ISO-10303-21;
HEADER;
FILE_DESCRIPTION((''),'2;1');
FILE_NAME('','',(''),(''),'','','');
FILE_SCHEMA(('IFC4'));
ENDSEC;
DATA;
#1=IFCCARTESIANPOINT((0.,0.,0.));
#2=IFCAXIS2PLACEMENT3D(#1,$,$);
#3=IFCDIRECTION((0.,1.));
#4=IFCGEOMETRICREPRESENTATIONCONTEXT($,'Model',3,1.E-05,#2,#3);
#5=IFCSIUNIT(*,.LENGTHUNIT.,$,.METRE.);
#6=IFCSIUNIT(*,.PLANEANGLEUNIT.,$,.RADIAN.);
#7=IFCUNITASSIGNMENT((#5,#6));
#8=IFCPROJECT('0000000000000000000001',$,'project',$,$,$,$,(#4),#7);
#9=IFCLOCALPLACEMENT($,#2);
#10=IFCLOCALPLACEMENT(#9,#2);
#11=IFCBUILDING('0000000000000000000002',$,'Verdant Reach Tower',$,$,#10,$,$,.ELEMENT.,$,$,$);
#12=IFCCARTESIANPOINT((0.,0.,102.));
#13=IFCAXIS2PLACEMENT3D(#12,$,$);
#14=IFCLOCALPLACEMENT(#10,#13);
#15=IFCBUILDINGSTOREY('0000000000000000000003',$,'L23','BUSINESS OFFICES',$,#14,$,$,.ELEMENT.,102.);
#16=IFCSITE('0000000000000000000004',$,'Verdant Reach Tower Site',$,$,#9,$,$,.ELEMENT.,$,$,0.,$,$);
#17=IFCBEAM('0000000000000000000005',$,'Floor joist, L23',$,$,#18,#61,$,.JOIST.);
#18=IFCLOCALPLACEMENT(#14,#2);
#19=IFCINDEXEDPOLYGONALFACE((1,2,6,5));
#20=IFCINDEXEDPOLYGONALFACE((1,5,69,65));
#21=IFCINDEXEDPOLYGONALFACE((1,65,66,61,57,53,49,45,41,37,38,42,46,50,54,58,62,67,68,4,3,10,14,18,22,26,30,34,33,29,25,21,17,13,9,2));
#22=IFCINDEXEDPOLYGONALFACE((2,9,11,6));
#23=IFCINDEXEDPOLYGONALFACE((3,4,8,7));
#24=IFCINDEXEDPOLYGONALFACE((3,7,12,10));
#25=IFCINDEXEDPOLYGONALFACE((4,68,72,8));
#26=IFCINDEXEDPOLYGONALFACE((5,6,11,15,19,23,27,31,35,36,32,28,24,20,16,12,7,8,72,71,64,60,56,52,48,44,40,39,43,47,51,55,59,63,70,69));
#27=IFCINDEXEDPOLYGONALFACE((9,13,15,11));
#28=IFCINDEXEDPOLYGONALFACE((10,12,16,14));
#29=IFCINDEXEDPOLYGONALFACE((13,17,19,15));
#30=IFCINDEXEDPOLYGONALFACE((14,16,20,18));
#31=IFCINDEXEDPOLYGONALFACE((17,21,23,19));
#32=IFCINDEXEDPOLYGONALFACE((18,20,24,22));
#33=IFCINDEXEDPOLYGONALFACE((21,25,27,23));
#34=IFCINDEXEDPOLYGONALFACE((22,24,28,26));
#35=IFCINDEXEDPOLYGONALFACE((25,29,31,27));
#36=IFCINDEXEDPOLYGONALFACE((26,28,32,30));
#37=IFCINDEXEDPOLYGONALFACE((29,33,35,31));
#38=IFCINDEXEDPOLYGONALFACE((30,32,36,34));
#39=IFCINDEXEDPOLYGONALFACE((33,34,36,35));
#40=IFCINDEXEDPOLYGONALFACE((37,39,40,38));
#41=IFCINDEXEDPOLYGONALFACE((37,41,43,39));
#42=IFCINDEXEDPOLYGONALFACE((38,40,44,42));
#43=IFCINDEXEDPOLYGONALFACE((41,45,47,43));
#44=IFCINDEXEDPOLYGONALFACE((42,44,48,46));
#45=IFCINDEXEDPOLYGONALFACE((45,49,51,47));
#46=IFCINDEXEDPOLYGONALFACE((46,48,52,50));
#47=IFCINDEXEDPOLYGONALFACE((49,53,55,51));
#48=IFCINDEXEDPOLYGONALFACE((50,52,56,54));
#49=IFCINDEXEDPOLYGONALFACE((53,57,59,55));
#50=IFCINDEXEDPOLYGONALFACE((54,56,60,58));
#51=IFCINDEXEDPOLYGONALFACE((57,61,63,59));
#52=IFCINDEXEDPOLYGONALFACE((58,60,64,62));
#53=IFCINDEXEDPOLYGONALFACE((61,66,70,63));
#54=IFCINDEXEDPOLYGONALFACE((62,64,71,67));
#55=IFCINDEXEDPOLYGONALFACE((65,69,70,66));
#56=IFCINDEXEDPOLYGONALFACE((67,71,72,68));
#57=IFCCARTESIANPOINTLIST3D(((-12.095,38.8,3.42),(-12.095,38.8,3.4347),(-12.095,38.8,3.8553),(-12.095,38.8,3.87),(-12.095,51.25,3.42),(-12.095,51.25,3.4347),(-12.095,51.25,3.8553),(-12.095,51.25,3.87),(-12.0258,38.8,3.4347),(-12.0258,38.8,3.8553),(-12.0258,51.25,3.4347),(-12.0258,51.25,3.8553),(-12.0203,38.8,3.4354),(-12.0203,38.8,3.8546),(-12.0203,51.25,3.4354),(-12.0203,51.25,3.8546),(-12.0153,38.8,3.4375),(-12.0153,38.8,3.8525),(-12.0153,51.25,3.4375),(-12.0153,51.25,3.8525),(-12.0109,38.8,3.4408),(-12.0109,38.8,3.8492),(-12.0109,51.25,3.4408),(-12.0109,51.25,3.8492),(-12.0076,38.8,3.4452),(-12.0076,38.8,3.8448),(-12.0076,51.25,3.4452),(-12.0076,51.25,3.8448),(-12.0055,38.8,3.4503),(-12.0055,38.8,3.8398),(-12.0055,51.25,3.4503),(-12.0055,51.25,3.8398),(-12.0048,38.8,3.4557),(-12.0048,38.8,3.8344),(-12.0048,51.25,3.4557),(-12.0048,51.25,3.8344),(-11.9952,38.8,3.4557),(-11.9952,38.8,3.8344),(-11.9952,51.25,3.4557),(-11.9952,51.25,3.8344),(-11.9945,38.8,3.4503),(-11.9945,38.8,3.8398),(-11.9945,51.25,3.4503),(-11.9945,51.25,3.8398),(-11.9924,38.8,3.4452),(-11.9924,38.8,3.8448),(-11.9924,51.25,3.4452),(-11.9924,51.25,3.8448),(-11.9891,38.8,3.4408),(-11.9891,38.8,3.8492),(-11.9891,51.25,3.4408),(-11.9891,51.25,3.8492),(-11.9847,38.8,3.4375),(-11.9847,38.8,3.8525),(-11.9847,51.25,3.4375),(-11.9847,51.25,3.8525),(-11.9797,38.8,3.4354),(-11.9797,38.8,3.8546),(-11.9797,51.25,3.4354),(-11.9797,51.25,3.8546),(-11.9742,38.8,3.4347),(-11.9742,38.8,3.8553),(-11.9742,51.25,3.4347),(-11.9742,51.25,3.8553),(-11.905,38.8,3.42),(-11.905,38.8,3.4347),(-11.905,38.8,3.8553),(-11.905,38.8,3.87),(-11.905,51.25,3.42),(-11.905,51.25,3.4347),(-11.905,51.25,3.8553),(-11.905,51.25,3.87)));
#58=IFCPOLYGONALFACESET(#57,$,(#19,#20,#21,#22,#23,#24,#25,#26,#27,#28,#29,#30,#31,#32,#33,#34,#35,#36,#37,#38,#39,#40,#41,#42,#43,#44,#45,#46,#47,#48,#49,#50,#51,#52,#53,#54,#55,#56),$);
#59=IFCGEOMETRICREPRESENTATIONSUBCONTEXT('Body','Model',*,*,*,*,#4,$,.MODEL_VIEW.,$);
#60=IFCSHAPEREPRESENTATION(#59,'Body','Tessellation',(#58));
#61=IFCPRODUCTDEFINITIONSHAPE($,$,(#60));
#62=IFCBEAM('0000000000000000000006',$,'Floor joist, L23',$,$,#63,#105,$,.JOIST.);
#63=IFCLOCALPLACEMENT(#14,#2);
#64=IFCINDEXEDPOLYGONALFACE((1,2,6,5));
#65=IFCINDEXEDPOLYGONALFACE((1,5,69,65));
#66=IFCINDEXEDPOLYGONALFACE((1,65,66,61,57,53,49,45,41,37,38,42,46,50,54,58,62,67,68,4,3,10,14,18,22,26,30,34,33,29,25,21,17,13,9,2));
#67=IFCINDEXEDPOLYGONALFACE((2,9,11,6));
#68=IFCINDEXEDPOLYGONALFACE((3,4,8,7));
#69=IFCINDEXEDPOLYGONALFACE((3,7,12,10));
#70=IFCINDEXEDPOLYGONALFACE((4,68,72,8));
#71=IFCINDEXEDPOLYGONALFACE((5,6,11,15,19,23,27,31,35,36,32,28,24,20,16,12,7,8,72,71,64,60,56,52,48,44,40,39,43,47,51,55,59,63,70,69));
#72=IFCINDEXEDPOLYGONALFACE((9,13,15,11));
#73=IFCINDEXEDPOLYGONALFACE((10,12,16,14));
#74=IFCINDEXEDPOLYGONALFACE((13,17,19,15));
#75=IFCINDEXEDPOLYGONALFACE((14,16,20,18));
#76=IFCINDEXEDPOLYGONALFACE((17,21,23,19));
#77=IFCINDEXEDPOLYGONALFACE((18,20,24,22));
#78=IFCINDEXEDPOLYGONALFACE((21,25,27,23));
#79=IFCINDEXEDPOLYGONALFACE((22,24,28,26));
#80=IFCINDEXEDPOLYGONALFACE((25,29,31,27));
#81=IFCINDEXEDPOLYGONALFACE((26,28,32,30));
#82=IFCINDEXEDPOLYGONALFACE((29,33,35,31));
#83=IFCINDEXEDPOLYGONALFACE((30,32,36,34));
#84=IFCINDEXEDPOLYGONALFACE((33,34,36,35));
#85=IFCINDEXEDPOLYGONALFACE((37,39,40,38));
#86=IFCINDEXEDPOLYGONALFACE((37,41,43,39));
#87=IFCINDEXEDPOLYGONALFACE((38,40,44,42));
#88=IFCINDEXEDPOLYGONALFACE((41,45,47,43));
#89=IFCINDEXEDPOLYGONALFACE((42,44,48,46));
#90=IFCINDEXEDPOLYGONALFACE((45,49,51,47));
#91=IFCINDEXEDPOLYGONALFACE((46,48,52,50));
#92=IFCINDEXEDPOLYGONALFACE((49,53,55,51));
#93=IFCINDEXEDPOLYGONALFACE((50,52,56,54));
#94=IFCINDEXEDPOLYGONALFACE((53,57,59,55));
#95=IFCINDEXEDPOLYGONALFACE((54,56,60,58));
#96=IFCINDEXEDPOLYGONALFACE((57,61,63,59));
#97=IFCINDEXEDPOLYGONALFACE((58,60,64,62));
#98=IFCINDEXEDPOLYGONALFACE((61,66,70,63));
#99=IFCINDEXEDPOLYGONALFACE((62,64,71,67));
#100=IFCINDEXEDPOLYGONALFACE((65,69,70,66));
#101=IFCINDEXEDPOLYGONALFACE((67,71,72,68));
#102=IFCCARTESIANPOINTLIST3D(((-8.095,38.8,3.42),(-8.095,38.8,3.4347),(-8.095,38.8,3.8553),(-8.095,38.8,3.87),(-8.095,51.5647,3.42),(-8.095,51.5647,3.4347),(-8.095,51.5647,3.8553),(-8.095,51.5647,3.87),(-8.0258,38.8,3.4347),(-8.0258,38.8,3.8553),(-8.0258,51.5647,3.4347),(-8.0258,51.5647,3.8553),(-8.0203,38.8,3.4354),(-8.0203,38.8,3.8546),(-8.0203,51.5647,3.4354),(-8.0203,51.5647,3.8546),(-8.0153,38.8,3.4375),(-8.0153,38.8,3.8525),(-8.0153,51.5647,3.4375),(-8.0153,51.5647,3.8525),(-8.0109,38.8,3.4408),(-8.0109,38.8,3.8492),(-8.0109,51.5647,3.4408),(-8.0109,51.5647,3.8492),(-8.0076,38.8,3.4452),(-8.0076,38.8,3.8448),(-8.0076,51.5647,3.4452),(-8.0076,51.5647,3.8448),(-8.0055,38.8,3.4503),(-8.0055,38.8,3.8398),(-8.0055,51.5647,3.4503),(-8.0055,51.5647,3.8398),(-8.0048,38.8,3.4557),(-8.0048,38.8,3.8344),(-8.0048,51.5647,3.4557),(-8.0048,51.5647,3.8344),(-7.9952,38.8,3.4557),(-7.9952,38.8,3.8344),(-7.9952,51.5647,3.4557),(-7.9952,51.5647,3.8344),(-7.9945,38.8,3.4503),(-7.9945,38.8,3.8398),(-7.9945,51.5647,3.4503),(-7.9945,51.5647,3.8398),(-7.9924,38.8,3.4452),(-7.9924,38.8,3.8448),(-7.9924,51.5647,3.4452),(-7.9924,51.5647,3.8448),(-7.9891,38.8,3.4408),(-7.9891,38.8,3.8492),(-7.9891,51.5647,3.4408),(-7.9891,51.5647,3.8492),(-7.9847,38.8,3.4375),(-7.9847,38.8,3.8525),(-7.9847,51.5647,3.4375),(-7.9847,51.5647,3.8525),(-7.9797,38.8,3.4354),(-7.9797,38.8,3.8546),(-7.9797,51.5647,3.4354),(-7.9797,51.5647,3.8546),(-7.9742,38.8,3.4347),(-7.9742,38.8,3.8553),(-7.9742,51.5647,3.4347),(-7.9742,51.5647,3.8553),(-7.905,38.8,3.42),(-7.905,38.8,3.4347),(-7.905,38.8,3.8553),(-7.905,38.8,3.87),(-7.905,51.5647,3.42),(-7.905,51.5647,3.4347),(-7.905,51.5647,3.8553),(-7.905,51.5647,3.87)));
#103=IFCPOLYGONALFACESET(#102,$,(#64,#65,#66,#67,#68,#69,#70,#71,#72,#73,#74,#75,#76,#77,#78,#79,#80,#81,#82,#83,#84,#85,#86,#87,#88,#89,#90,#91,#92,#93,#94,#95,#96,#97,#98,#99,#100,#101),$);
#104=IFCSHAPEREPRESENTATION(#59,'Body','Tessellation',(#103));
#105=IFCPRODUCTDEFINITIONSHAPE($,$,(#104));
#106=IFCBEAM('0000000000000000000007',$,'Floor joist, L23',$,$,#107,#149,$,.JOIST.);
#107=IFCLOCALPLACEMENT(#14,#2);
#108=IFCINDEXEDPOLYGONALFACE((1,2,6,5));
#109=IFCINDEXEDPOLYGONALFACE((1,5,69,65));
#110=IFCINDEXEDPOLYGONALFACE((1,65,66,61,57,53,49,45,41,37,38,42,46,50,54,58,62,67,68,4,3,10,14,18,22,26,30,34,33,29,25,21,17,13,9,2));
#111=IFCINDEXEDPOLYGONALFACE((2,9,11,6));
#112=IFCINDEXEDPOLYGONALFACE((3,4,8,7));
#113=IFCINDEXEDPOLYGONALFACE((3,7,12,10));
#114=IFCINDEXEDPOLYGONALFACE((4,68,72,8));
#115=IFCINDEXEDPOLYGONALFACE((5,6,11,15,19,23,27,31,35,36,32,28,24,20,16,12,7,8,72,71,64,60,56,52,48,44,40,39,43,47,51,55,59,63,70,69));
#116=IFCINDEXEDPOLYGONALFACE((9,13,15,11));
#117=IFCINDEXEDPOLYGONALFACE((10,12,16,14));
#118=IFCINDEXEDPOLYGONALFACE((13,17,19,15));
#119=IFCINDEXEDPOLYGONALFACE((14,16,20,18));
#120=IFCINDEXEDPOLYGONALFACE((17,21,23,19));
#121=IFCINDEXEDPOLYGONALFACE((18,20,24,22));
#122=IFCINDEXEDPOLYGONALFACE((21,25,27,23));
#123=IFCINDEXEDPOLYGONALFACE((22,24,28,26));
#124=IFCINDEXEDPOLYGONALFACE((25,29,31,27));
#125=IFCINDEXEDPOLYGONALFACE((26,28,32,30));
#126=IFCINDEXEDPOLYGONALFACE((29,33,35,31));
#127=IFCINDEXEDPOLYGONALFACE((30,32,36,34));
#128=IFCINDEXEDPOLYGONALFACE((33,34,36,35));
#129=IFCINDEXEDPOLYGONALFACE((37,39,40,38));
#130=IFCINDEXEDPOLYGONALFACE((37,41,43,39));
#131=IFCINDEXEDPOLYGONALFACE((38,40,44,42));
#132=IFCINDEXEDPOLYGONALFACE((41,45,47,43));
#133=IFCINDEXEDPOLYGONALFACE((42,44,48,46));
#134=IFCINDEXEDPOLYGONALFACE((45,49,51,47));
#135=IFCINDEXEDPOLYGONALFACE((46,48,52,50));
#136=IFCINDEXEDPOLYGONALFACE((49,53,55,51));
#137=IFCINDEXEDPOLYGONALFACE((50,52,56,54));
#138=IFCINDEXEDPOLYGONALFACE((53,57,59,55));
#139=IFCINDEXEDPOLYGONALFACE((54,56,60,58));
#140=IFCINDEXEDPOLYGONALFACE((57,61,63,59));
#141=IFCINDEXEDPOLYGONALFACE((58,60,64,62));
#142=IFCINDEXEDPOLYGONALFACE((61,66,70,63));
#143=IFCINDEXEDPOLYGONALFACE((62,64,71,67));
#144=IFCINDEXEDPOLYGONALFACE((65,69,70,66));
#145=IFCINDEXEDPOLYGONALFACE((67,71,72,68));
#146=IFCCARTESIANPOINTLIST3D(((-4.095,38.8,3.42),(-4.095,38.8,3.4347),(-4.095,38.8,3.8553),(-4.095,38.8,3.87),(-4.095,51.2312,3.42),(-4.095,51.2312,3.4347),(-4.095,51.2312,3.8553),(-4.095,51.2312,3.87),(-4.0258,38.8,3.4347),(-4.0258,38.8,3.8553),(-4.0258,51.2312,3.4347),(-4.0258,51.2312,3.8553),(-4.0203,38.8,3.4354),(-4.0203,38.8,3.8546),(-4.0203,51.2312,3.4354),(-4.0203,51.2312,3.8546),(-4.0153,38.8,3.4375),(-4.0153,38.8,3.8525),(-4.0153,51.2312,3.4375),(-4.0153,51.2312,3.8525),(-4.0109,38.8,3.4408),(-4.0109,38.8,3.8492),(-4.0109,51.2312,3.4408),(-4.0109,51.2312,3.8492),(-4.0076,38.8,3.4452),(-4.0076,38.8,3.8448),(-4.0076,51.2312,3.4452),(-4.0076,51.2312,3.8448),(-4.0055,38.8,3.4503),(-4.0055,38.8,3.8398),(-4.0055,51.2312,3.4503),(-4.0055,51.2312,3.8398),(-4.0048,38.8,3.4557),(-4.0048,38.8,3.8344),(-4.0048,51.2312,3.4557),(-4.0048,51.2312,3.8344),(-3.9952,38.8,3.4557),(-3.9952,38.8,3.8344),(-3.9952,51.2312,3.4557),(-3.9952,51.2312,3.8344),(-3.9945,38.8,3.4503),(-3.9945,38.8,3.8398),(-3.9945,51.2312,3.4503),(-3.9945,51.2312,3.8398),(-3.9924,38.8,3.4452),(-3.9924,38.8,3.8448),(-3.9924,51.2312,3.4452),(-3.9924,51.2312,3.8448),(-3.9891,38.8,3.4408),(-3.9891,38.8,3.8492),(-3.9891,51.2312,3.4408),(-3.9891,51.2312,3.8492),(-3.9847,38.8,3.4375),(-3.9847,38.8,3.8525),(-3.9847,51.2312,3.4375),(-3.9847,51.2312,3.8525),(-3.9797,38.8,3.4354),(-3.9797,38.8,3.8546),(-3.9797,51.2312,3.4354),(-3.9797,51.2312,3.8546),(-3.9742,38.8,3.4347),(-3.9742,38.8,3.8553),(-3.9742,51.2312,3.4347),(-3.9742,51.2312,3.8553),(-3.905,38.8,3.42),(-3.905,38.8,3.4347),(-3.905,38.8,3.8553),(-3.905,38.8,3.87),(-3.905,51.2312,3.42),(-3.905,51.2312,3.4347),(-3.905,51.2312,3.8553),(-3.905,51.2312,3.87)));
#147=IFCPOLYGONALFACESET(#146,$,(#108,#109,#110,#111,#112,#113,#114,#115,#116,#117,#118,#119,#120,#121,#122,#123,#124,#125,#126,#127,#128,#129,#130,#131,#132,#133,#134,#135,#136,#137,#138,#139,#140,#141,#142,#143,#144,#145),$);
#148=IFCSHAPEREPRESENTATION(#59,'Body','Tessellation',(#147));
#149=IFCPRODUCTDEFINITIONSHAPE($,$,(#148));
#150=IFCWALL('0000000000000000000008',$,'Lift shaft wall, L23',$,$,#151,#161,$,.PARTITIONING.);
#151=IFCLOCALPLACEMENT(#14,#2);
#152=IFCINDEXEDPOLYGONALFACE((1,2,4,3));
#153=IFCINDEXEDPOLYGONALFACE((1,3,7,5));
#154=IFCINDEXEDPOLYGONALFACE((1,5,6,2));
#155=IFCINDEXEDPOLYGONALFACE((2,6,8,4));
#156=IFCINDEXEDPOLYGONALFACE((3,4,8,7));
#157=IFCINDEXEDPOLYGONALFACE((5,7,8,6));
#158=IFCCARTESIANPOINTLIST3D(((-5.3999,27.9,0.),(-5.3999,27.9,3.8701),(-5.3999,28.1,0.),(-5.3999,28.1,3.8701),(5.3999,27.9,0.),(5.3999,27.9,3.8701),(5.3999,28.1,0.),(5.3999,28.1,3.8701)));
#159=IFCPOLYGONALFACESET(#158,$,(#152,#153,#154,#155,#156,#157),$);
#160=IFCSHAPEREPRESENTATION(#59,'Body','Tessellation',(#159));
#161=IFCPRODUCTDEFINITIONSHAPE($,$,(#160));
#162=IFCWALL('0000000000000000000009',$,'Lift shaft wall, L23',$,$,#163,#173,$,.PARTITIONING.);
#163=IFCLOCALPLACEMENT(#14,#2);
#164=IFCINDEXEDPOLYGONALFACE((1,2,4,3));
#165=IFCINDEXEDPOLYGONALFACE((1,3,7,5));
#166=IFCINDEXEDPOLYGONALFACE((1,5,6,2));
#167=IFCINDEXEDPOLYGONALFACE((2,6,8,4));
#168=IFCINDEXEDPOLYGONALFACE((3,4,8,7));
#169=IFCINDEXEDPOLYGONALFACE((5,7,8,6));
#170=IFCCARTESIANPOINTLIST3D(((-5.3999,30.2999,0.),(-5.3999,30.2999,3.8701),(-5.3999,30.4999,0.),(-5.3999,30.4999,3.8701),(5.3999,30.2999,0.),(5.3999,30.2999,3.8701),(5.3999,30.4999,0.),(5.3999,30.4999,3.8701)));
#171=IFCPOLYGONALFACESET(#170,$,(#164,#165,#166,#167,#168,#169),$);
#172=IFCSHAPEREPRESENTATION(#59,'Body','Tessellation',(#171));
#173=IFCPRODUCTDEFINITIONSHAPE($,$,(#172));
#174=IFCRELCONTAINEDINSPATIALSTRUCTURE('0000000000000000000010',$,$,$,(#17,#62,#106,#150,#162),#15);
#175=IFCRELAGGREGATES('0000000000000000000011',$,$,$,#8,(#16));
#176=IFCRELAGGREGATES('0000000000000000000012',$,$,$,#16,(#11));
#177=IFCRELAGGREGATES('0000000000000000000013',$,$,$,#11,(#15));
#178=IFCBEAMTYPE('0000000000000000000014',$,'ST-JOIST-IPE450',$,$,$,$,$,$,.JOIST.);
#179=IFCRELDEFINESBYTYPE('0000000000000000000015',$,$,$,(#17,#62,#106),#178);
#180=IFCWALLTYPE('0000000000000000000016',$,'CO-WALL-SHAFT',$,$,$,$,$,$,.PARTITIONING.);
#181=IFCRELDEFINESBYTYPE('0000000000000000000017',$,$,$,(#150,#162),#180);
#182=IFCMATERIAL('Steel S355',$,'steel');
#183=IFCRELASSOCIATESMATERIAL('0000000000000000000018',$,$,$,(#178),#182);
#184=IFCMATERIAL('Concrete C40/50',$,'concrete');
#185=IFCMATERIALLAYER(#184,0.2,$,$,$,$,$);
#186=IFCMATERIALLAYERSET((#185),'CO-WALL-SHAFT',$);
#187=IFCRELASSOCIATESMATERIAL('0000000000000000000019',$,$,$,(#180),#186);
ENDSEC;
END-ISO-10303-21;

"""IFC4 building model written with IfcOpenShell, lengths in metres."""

from ifc_helpers import new_model, si_unit, direction, frame, frame_2d, origin, origin_2d, place, context, subcontext, project, spatial, rectangle, i_section, extrude, material, layer, layer_set, material_profile, profile_set, type_object, element, save


model = new_model("IFC4")

# Units and contexts
model_context = context("Model", 3, precision=1e-05, world=origin(), true_north=direction((0.0, 1.0)))
body_context = subcontext(model_context, "Body", "Model", "MODEL_VIEW")
ifc_project = project(units=[si_unit("LENGTHUNIT", "METRE"), si_unit("PLANEANGLEUNIT", "RADIAN")], contexts=[model_context])

# Site, building, storey
site_placement = place(None, origin())
site = spatial("IfcSite", under=ifc_project, at=site_placement, Name="Verdant Reach Tower Site", CompositionType="ELEMENT", RefElevation=0.0)
building_placement = place(site_placement, origin())
building = spatial("IfcBuilding", under=site, at=building_placement, Name="Verdant Reach Tower", CompositionType="ELEMENT")
storey_placement = place(building_placement, frame((0.0, 0.0, 102.0)))
storey = spatial("IfcBuildingStorey", under=building, at=storey_placement, Name="L23", Description="BUSINESS OFFICES", CompositionType="ELEMENT", Elevation=102.0)

# Beams
ifc_material_1 = material(Name="Steel S355", Category="steel")
ifc_material_profile = material_profile(ifc_material_1, i_section(OverallWidth=0.1899, OverallDepth=0.45, WebThickness=0.0095, FlangeThickness=0.0146, FilletRadius=0.021, at=origin_2d()), Name="IPE 450")
ifc_profile_set = profile_set([ifc_material_profile], Name="Steel S355")
beam_type = type_object("IfcBeamType", Name="ST-JOIST-IPE450", PredefinedType="JOIST", material=ifc_profile_set)
beam_1_placement = place(storey_placement, frame((-12.0, 38.8, 3.645), z_axis=(0.0, 1.0, 0.0), x_axis=(-1.0, 0.0, 0.0)))
element("IfcBeam", 1, at=beam_1_placement, inside=storey, type_object=beam_type, Name="Floor joist, L23", PredefinedType="JOIST", context=body_context, shape_type="SweptSolid", body=[
    extrude(i_section(OverallWidth=0.1899, OverallDepth=0.45, WebThickness=0.0095, FlangeThickness=0.0146, FilletRadius=0.021, at=origin_2d()), origin(), (0.0, 0.0, 1.0), 12.45),
])
beam_2_placement = place(storey_placement, frame((-8.0, 38.8, 3.645), z_axis=(0.0, 1.0, 0.0), x_axis=(-1.0, 0.0, 0.0)))
element("IfcBeam", 2, at=beam_2_placement, inside=storey, type_object=beam_type, Name="Floor joist, L23", PredefinedType="JOIST", context=body_context, shape_type="SweptSolid", body=[
    extrude(i_section(OverallWidth=0.1899, OverallDepth=0.45, WebThickness=0.0095, FlangeThickness=0.0146, FilletRadius=0.021, at=origin_2d()), origin(), (0.0, 0.0, 1.0), 12.7646),
])
beam_3_placement = place(storey_placement, frame((-4.0, 38.8, 3.645), z_axis=(0.0, 1.0, 0.0), x_axis=(-1.0, 0.0, 0.0)))
element("IfcBeam", 3, at=beam_3_placement, inside=storey, type_object=beam_type, Name="Floor joist, L23", PredefinedType="JOIST", context=body_context, shape_type="SweptSolid", body=[
    extrude(i_section(OverallWidth=0.1899, OverallDepth=0.45, WebThickness=0.0095, FlangeThickness=0.0146, FilletRadius=0.021, at=origin_2d()), origin(), (0.0, 0.0, 1.0), 12.4312),
])

# Walls
ifc_material_2 = material(Name="Concrete C40/50", Category="concrete")
ifc_layer_1 = layer(ifc_material_2, 0.2)
ifc_layer_set_1 = layer_set([ifc_layer_1], Name="CO-WALL-SHAFT")
wall_type_1 = type_object("IfcWallType", Name="CO-WALL-SHAFT", PredefinedType="PARTITIONING", material=ifc_layer_set_1)
for number, where, z_axis, x_axis, name in (
    (4, (-5.3999, 28.0, 0.0), (0.0, 0.0, 1.0), (1.0, 0.0, 0.0), "Lift shaft wall, L23"),
    (5, (-5.3999, 30.3999, 0.0), (0.0, 0.0, 1.0), (1.0, 0.0, 0.0), "Lift shaft wall, L23"),
):
    element("IfcWall", number, at=place(storey_placement, frame(where, z_axis=z_axis, x_axis=x_axis)), inside=storey, type_object=wall_type_1, Name=name, PredefinedType="PARTITIONING", context=body_context, shape_type="SweptSolid", body=[
        extrude(rectangle(XDim=10.7998, YDim=0.2, at=frame_2d((5.3999, 0.0))), origin(), (0.0, 0.0, 1.0), 3.8701),
    ])

save(model, "model.ifc")
